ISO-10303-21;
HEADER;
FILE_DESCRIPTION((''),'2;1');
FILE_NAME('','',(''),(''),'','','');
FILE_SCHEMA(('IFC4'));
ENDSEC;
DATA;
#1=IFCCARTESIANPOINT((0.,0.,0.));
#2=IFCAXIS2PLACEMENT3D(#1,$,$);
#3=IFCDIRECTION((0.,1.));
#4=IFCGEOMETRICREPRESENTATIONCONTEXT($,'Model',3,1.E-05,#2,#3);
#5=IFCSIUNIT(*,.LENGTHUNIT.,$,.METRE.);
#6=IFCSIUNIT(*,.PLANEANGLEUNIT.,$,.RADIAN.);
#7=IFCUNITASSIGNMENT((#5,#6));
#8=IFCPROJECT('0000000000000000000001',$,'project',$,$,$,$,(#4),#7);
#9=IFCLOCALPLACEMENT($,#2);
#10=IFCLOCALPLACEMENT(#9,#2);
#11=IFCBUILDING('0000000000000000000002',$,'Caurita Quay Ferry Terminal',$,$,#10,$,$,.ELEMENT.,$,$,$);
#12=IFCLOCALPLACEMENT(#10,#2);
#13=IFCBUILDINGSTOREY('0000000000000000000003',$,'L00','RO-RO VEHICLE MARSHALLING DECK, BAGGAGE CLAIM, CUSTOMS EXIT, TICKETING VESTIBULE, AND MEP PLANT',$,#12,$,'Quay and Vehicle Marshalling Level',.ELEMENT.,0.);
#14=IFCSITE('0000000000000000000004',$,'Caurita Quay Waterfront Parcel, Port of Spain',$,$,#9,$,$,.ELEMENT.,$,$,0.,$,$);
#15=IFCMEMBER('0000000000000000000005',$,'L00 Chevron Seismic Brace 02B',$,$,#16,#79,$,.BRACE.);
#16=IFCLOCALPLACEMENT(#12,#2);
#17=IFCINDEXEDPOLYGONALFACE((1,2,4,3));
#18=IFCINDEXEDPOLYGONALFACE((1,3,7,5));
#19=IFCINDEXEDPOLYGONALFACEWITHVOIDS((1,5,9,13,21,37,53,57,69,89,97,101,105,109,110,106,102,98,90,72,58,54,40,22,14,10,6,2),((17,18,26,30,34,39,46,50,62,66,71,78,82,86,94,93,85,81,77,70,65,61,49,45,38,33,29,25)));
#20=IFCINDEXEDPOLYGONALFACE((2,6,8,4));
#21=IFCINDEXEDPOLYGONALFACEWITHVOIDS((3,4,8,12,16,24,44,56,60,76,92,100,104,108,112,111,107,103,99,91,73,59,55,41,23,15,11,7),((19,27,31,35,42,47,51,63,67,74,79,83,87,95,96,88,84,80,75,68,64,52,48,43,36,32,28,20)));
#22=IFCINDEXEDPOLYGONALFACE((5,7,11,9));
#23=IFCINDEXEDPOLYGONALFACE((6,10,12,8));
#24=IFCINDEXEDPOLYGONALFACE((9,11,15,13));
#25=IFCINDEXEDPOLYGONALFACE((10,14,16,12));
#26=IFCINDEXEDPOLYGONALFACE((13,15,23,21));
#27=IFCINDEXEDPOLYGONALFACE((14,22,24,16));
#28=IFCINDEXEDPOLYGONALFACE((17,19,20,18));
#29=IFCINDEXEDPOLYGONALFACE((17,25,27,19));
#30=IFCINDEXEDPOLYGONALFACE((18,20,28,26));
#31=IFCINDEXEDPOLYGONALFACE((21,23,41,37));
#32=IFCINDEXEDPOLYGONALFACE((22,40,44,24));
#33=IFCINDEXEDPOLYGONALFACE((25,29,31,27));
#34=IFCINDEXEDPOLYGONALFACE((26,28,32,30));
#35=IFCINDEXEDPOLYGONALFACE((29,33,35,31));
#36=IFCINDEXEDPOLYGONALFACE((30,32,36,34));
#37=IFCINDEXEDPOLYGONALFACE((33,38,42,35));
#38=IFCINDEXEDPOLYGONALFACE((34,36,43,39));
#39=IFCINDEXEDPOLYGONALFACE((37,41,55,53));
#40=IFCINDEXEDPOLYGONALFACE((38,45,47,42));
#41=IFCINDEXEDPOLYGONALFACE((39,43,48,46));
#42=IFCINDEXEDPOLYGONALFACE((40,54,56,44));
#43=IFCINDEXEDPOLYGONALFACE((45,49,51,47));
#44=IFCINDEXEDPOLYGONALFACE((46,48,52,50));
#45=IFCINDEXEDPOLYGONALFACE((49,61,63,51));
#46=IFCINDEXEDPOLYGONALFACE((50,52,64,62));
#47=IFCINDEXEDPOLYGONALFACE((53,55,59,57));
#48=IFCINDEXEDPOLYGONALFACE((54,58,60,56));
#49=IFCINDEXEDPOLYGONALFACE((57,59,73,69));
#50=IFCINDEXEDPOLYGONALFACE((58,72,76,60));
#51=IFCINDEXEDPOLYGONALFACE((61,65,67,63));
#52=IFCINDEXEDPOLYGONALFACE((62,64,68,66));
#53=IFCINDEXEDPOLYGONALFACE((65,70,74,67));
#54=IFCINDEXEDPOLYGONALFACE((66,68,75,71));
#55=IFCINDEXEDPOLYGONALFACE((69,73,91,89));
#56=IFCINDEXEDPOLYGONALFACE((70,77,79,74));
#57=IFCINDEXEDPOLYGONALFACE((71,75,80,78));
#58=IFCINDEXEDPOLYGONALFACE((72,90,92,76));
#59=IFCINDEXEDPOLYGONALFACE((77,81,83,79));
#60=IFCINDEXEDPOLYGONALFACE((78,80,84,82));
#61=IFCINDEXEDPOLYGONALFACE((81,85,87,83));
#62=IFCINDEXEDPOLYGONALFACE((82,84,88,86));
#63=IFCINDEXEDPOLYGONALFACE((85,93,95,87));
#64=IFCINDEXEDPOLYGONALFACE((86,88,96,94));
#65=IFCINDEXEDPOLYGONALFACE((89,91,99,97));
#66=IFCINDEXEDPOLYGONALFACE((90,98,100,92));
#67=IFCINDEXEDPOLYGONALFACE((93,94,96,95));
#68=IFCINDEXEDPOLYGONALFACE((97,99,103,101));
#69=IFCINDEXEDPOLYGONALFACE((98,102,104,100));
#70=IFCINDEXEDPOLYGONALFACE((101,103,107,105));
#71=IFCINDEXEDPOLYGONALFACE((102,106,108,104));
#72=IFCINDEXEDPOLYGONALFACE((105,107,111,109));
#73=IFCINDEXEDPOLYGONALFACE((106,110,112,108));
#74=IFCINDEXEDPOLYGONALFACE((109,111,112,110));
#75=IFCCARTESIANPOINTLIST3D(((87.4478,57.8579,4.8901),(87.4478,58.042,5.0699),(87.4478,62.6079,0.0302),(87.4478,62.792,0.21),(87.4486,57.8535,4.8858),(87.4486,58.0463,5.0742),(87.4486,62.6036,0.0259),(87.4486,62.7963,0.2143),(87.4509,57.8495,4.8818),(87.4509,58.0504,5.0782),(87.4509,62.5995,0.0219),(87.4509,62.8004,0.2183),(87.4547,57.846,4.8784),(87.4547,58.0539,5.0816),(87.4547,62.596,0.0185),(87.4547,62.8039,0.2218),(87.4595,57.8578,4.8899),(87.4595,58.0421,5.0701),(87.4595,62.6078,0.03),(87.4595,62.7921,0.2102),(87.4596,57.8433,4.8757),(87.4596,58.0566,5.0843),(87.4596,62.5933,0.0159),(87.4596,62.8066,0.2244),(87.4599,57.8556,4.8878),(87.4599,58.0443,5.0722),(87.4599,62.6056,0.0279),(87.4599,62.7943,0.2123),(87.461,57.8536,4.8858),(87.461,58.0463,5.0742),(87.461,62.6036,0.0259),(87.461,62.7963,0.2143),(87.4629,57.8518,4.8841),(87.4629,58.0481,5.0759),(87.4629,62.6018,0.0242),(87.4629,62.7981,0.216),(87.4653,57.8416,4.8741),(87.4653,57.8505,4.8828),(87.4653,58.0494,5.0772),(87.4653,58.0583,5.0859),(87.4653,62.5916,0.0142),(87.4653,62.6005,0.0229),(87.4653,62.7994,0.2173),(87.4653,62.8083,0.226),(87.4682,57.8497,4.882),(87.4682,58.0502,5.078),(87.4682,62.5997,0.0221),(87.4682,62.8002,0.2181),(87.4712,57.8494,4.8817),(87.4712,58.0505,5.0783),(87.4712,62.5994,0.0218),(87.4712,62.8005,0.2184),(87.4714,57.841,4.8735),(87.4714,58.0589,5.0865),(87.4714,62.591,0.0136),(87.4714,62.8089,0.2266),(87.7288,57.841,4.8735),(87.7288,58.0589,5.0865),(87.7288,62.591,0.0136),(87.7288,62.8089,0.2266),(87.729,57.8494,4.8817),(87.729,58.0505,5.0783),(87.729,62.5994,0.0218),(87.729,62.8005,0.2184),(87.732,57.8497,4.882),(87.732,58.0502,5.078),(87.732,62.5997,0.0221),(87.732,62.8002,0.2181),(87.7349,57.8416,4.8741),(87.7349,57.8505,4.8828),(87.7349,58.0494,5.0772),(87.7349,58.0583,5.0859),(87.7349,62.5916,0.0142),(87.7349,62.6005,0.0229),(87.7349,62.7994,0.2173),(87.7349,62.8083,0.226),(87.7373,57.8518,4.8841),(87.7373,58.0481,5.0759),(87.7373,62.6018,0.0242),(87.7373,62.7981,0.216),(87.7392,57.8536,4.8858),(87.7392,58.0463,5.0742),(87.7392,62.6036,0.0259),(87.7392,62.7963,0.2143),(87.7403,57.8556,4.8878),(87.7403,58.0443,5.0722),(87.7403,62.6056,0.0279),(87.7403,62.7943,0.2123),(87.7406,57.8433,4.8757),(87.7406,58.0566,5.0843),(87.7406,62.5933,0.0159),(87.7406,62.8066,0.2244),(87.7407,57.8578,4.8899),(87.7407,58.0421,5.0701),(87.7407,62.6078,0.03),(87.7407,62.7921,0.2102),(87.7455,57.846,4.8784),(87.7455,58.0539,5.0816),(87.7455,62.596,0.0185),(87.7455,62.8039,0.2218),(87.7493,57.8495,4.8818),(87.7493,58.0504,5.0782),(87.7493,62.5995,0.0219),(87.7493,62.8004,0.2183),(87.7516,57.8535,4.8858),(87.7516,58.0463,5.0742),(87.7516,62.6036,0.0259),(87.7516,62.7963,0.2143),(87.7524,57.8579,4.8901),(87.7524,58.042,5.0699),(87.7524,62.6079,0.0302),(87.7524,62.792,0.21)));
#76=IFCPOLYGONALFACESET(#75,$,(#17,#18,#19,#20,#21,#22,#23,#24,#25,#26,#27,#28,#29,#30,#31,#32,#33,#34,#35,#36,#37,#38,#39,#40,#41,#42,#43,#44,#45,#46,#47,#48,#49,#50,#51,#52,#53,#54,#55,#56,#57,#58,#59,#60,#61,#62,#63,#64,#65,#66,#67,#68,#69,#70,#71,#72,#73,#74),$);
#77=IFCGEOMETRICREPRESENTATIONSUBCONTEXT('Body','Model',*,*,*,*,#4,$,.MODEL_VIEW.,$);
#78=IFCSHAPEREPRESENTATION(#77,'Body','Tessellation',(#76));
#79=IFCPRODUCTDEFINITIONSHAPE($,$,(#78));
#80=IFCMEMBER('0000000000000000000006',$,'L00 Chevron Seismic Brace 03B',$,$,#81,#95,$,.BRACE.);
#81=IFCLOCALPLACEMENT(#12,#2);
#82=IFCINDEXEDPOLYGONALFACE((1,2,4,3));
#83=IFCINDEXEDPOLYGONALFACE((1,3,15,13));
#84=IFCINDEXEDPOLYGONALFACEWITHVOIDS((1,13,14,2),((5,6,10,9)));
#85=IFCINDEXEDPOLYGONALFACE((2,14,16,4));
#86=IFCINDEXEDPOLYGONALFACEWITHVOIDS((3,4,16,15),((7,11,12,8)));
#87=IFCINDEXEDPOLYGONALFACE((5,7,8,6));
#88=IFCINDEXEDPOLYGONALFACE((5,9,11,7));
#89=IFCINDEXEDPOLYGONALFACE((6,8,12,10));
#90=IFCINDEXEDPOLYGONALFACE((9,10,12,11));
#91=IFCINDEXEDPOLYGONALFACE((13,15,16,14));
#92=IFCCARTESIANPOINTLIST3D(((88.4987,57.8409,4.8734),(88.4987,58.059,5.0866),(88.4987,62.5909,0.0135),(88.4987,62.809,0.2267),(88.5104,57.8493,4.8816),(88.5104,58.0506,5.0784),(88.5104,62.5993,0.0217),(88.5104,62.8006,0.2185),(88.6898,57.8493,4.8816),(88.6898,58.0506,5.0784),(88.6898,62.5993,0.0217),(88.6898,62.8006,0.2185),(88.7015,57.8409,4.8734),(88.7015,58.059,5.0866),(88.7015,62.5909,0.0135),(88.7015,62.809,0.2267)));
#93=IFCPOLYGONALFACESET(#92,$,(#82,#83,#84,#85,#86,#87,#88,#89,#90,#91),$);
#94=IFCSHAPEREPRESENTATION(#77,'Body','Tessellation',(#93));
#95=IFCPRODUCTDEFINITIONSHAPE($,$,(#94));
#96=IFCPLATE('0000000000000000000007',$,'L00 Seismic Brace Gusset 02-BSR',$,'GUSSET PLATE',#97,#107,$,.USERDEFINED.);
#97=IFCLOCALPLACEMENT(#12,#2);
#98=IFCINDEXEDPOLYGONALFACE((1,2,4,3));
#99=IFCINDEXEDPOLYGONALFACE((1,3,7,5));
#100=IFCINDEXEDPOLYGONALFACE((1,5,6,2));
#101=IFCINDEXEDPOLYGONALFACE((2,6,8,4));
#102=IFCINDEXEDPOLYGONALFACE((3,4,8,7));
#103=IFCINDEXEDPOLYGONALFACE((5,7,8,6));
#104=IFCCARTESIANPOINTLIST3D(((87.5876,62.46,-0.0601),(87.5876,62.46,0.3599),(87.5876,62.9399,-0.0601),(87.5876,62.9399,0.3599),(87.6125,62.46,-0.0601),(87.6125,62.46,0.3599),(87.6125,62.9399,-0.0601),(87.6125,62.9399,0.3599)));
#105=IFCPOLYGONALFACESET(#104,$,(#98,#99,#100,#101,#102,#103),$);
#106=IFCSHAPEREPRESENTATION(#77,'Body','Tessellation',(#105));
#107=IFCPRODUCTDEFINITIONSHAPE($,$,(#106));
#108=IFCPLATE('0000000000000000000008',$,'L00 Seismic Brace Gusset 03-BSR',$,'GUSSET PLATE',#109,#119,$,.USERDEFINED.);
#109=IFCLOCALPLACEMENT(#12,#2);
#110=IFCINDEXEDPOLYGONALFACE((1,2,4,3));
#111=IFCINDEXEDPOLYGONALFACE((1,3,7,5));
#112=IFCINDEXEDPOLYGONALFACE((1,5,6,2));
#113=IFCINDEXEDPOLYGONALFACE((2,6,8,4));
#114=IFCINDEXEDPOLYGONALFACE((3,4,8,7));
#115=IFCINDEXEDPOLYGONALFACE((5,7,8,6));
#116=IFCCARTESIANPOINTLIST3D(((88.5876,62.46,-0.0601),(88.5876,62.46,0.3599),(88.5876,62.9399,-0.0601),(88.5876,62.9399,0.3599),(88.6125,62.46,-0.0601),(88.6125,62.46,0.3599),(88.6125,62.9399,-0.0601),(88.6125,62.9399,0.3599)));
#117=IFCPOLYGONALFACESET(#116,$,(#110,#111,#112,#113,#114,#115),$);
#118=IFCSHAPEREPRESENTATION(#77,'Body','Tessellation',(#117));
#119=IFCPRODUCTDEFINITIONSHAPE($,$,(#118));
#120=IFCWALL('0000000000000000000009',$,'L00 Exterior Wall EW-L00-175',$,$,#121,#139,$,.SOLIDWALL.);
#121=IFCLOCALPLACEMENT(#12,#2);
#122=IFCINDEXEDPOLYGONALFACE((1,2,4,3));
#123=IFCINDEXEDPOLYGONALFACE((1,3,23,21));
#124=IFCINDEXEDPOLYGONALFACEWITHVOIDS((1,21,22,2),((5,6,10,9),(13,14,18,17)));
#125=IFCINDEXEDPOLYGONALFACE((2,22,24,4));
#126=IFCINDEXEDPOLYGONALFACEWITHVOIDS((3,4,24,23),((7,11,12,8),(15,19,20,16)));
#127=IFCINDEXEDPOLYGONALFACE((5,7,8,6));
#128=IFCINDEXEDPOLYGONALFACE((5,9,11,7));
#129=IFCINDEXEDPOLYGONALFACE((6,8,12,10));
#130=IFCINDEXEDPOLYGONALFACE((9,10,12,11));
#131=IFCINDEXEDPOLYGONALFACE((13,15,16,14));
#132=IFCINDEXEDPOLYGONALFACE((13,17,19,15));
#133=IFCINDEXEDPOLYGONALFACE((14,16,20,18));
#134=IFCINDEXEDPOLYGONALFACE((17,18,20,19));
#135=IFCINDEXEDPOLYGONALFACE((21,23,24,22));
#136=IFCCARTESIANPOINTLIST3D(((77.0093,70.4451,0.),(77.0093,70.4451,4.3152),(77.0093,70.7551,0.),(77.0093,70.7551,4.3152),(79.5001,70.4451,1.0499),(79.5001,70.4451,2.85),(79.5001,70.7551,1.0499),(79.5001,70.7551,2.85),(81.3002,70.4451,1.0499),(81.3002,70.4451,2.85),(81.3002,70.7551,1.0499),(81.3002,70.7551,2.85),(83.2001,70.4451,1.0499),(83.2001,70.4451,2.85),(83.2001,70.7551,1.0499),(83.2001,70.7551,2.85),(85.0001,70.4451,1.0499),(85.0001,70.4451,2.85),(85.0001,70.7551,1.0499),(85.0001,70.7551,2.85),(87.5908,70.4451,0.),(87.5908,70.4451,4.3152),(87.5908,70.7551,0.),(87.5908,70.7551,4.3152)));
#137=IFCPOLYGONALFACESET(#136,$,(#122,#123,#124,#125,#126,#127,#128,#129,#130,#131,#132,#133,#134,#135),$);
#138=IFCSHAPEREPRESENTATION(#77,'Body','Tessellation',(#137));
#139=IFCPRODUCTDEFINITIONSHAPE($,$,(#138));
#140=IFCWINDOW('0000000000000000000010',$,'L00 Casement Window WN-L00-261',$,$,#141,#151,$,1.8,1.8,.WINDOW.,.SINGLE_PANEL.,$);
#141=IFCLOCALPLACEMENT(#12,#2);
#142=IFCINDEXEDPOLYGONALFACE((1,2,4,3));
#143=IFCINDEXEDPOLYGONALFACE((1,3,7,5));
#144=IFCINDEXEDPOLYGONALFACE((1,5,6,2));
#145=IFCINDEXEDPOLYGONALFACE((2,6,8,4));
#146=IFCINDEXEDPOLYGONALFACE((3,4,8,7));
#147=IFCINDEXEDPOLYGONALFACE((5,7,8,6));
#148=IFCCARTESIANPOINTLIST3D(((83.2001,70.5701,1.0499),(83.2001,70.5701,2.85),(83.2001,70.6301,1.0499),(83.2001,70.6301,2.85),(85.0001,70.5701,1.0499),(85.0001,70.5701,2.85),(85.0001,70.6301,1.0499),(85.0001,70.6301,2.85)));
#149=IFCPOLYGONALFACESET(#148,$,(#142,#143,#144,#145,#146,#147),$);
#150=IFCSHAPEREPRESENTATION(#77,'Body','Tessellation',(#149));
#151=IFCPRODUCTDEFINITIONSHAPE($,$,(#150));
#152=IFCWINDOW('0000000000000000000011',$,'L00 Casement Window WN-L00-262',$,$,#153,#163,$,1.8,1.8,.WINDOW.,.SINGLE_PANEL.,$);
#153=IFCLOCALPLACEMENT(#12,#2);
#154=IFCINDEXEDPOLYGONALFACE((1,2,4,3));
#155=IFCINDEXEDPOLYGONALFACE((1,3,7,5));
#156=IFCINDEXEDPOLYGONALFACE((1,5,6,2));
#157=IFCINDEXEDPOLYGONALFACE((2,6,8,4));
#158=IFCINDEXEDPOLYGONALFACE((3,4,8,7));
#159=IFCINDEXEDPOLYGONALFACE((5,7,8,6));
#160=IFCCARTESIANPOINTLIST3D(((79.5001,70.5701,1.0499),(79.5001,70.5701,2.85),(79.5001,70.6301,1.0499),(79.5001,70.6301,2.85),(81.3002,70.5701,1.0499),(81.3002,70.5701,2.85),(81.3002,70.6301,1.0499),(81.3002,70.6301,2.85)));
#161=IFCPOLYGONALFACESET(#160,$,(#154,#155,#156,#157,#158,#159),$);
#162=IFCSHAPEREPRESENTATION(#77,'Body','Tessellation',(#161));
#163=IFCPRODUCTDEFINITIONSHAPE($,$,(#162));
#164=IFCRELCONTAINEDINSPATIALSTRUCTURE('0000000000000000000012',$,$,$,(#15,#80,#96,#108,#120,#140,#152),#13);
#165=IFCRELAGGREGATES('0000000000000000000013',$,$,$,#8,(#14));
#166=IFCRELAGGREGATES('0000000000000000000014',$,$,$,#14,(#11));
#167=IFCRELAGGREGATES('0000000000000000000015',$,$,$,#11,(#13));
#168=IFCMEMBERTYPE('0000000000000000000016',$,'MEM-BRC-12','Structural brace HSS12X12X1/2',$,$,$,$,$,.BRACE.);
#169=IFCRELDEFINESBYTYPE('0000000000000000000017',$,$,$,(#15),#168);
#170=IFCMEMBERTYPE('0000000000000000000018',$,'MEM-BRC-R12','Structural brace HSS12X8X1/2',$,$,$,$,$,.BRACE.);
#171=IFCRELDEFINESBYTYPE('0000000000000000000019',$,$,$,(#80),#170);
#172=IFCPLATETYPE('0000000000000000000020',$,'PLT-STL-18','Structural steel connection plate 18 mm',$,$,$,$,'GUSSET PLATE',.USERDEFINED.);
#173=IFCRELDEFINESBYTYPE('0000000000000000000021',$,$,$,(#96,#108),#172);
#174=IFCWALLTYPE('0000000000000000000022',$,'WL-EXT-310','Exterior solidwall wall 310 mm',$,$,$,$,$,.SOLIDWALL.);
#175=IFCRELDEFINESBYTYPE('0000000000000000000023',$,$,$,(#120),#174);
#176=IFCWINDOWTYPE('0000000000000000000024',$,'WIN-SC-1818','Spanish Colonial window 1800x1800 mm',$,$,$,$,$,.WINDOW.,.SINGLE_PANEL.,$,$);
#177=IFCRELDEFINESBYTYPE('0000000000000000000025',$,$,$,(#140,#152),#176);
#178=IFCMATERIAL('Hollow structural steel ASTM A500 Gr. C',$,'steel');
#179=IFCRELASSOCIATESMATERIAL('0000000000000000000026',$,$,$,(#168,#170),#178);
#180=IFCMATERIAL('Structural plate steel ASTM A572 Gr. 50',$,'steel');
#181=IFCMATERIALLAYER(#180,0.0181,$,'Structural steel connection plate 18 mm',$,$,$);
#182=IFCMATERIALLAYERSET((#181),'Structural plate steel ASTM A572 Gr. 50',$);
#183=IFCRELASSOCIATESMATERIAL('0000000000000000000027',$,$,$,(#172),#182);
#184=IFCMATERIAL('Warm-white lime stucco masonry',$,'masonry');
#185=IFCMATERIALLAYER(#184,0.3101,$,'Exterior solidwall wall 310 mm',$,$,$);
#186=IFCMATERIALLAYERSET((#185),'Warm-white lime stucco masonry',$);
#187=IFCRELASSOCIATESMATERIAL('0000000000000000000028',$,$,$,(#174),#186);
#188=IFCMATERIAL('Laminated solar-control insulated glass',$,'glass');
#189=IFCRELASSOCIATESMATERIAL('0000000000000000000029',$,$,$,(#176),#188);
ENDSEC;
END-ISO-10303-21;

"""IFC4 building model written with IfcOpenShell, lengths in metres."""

from ifc_helpers import new_model, si_unit, direction, frame, frame_2d, origin, origin_2d, place, context, subcontext, project, spatial, rectangle, hollow_rectangle, extrude, material, layer, layer_set, material_profile, profile_set, type_object, element, fill, save


model = new_model("IFC4")

# Units and contexts
model_context = context("Model", 3, precision=1e-05, world=origin(), true_north=direction((0.0, 1.0)))
body_context = subcontext(model_context, "Body", "Model", "MODEL_VIEW")
ifc_project = project(units=[si_unit("LENGTHUNIT", "METRE"), si_unit("PLANEANGLEUNIT", "RADIAN")], contexts=[model_context])

# Site, building, storey
site_placement = place(None, origin())
site = spatial("IfcSite", under=ifc_project, at=site_placement, Name="Caurita Quay Waterfront Parcel, Port of Spain", CompositionType="ELEMENT", RefElevation=0.0)
building_placement = place(site_placement, origin())
building = spatial("IfcBuilding", under=site, at=building_placement, Name="Caurita Quay Ferry Terminal", CompositionType="ELEMENT")
storey_placement = place(building_placement, origin())
storey = spatial("IfcBuildingStorey", under=building, at=storey_placement, Name="L00", Description="RO-RO VEHICLE MARSHALLING DECK, BAGGAGE CLAIM, CUSTOMS EXIT, TICKETING VESTIBULE, AND MEP PLANT", LongName="Quay and Vehicle Marshalling Level", CompositionType="ELEMENT", Elevation=0.0)

# Shared definitions
ifc_material_1 = material(Name="Hollow structural steel ASTM A500 Gr. C", Category="steel")

# Members
ifc_material_profile_1 = material_profile(ifc_material_1, hollow_rectangle(XDim=0.3047, YDim=0.3047, WallThickness=0.0117, InnerFilletRadius=0.0117, OuterFilletRadius=0.0237, at=origin_2d()), Name="HSS12X12X1/2")
ifc_profile_set_1 = profile_set([ifc_material_profile_1], Name="Hollow structural steel ASTM A500 Gr. C")
member_type_1 = type_object("IfcMemberType", Name="MEM-BRC-12", Description="Structural brace HSS12X12X1/2", PredefinedType="BRACE", material=ifc_profile_set_1)
member_1_placement = place(storey_placement, frame((87.6001, 62.7, 0.1201), z_axis=(0.0, -0.698977, 0.715144), x_axis=(1.0, 0.0, 0.0)))
element("IfcMember", 1, at=member_1_placement, inside=storey, type_object=member_type_1, Name="L00 Chevron Seismic Brace 02B", PredefinedType="BRACE", context=body_context, shape_type="SweptSolid", body=[
    extrude(hollow_rectangle(XDim=0.3047, YDim=0.3047, WallThickness=0.0117, InnerFilletRadius=0.0117, OuterFilletRadius=0.0237, at=origin_2d()), origin(), (0.0, 0.0, 1.0), 6.7957),
])
ifc_material_profile_2 = material_profile(ifc_material_1, hollow_rectangle(XDim=0.2029, YDim=0.3049, WallThickness=0.0117, at=origin_2d()), Name="HSS12X8X1/2")
ifc_profile_set_2 = profile_set([ifc_material_profile_2], Name="Hollow structural steel ASTM A500 Gr. C")
member_type_2 = type_object("IfcMemberType", Name="MEM-BRC-R12", Description="Structural brace HSS12X8X1/2", PredefinedType="BRACE", material=ifc_profile_set_2)
member_2_placement = place(storey_placement, frame((88.6001, 62.7, 0.1201), z_axis=(0.0, -0.698977, 0.715144), x_axis=(1.0, 0.0, 0.0)))
element("IfcMember", 2, at=member_2_placement, inside=storey, type_object=member_type_2, Name="L00 Chevron Seismic Brace 03B", PredefinedType="BRACE", context=body_context, shape_type="SweptSolid", body=[
    extrude(hollow_rectangle(XDim=0.2029, YDim=0.3049, WallThickness=0.0117, at=origin_2d()), origin(), (0.0, 0.0, 1.0), 6.7957),
])

# Plates
ifc_material_2 = material(Name="Structural plate steel ASTM A572 Gr. 50", Category="steel")
ifc_layer_1 = layer(ifc_material_2, 0.0181, Name="Structural steel connection plate 18 mm")
ifc_layer_set_1 = layer_set([ifc_layer_1], Name="Structural plate steel ASTM A572 Gr. 50")
plate_type = type_object("IfcPlateType", Name="PLT-STL-18", Description="Structural steel connection plate 18 mm", ElementType="GUSSET PLATE", PredefinedType="USERDEFINED", material=ifc_layer_set_1)
for number, where, z_axis, x_axis, name in (
    (3, (87.6001, 62.7, -0.0601), (0.0, 0.0, 1.0), (0.0, 1.0, 0.0), "L00 Seismic Brace Gusset 02-BSR"),
    (4, (88.6001, 62.7, -0.0601), (0.0, 0.0, 1.0), (0.0, 1.0, 0.0), "L00 Seismic Brace Gusset 03-BSR"),
):
    element("IfcPlate", number, at=place(storey_placement, frame(where, z_axis=z_axis, x_axis=x_axis)), inside=storey, type_object=plate_type, Name=name, ObjectType="GUSSET PLATE", PredefinedType="USERDEFINED", context=body_context, shape_type="SweptSolid", body=[
        extrude(rectangle(XDim=0.48, YDim=0.0249, at=origin_2d()), origin(), (0.0, 0.0, 1.0), 0.4199),
    ])

# Wall, openings, windows
ifc_material_3 = material(Name="Warm-white lime stucco masonry", Category="masonry")
ifc_layer_2 = layer(ifc_material_3, 0.3101, Name="Exterior solidwall wall 310 mm")
ifc_layer_set_2 = layer_set([ifc_layer_2], Name="Warm-white lime stucco masonry")
wall_type_1 = type_object("IfcWallType", Name="WL-EXT-310", Description="Exterior solidwall wall 310 mm", PredefinedType="SOLIDWALL", material=ifc_layer_set_2)
wall_1_placement = place(storey_placement, frame((87.5908, 70.6001, 0.0), z_axis=(0.0, 0.0, 1.0), x_axis=(-1.0, 0.0, 0.0)))
wall_1 = element("IfcWall", 5, at=wall_1_placement, inside=storey, type_object=wall_type_1, Name="L00 Exterior Wall EW-L00-175", PredefinedType="SOLIDWALL", context=body_context, shape_type="SweptSolid", body=[
    extrude(rectangle(XDim=10.5815, YDim=0.3101, at=frame_2d((5.2908, 0.0))), origin(), (0.0, 0.0, 1.0), 4.3152),
])
opening_1_placement = place(wall_1_placement, frame((2.5908, 0.0, 1.05)))
opening_1 = element("IfcOpeningElement", 6, at=opening_1_placement, cuts=wall_1, PredefinedType="OPENING", context=body_context, shape_type="SweptSolid", body=[
    extrude(rectangle(XDim=1.8, YDim=1.8, at=frame_2d((0.8999, 0.8999))), frame((0.0, 0.165, 0.0), z_axis=(0.0, -1.0, 0.0), x_axis=(1.0, 0.0, 0.0)), (0.0, 0.0, 1.0), 0.3301),
])
opening_2_placement = place(wall_1_placement, frame((6.2908, 0.0, 1.05)))
opening_2 = element("IfcOpeningElement", 7, at=opening_2_placement, cuts=wall_1, PredefinedType="OPENING", context=body_context, shape_type="SweptSolid", body=[
    extrude(rectangle(XDim=1.8, YDim=1.8, at=frame_2d((0.8999, 0.8999))), frame((0.0, 0.165, 0.0), z_axis=(0.0, -1.0, 0.0), x_axis=(1.0, 0.0, 0.0)), (0.0, 0.0, 1.0), 0.3301),
])
ifc_material_4 = material(Name="Laminated solar-control insulated glass", Category="glass")
window_type = type_object("IfcWindowType", Name="WIN-SC-1818", Description="Spanish Colonial window 1800x1800 mm", PartitioningType="SINGLE_PANEL", PredefinedType="WINDOW", material=ifc_material_4)
window_1_placement = place(opening_1_placement, origin())
window_1 = element("IfcWindow", 8, at=window_1_placement, inside=storey, type_object=window_type, Name="L00 Casement Window WN-L00-261", OverallHeight=1.8, OverallWidth=1.8, PartitioningType="SINGLE_PANEL", PredefinedType="WINDOW", context=body_context, shape_type="SweptSolid", body=[
    extrude(rectangle(XDim=1.8, YDim=1.8, at=frame_2d((0.8999, 0.8999))), frame((0.0, 0.03, 0.0), z_axis=(0.0, -1.0, 0.0), x_axis=(1.0, 0.0, 0.0)), (0.0, 0.0, 1.0), 0.0601),
])
fill(opening_1, window_1)
window_2_placement = place(opening_2_placement, origin())
window_2 = element("IfcWindow", 9, at=window_2_placement, inside=storey, type_object=window_type, Name="L00 Casement Window WN-L00-262", OverallHeight=1.8, OverallWidth=1.8, PartitioningType="SINGLE_PANEL", PredefinedType="WINDOW", context=body_context, shape_type="SweptSolid", body=[
    extrude(rectangle(XDim=1.8, YDim=1.8, at=frame_2d((0.8999, 0.8999))), frame((0.0, 0.03, 0.0), z_axis=(0.0, -1.0, 0.0), x_axis=(1.0, 0.0, 0.0)), (0.0, 0.0, 1.0), 0.0601),
])
fill(opening_2, window_2)

save(model, "model.ifc")
